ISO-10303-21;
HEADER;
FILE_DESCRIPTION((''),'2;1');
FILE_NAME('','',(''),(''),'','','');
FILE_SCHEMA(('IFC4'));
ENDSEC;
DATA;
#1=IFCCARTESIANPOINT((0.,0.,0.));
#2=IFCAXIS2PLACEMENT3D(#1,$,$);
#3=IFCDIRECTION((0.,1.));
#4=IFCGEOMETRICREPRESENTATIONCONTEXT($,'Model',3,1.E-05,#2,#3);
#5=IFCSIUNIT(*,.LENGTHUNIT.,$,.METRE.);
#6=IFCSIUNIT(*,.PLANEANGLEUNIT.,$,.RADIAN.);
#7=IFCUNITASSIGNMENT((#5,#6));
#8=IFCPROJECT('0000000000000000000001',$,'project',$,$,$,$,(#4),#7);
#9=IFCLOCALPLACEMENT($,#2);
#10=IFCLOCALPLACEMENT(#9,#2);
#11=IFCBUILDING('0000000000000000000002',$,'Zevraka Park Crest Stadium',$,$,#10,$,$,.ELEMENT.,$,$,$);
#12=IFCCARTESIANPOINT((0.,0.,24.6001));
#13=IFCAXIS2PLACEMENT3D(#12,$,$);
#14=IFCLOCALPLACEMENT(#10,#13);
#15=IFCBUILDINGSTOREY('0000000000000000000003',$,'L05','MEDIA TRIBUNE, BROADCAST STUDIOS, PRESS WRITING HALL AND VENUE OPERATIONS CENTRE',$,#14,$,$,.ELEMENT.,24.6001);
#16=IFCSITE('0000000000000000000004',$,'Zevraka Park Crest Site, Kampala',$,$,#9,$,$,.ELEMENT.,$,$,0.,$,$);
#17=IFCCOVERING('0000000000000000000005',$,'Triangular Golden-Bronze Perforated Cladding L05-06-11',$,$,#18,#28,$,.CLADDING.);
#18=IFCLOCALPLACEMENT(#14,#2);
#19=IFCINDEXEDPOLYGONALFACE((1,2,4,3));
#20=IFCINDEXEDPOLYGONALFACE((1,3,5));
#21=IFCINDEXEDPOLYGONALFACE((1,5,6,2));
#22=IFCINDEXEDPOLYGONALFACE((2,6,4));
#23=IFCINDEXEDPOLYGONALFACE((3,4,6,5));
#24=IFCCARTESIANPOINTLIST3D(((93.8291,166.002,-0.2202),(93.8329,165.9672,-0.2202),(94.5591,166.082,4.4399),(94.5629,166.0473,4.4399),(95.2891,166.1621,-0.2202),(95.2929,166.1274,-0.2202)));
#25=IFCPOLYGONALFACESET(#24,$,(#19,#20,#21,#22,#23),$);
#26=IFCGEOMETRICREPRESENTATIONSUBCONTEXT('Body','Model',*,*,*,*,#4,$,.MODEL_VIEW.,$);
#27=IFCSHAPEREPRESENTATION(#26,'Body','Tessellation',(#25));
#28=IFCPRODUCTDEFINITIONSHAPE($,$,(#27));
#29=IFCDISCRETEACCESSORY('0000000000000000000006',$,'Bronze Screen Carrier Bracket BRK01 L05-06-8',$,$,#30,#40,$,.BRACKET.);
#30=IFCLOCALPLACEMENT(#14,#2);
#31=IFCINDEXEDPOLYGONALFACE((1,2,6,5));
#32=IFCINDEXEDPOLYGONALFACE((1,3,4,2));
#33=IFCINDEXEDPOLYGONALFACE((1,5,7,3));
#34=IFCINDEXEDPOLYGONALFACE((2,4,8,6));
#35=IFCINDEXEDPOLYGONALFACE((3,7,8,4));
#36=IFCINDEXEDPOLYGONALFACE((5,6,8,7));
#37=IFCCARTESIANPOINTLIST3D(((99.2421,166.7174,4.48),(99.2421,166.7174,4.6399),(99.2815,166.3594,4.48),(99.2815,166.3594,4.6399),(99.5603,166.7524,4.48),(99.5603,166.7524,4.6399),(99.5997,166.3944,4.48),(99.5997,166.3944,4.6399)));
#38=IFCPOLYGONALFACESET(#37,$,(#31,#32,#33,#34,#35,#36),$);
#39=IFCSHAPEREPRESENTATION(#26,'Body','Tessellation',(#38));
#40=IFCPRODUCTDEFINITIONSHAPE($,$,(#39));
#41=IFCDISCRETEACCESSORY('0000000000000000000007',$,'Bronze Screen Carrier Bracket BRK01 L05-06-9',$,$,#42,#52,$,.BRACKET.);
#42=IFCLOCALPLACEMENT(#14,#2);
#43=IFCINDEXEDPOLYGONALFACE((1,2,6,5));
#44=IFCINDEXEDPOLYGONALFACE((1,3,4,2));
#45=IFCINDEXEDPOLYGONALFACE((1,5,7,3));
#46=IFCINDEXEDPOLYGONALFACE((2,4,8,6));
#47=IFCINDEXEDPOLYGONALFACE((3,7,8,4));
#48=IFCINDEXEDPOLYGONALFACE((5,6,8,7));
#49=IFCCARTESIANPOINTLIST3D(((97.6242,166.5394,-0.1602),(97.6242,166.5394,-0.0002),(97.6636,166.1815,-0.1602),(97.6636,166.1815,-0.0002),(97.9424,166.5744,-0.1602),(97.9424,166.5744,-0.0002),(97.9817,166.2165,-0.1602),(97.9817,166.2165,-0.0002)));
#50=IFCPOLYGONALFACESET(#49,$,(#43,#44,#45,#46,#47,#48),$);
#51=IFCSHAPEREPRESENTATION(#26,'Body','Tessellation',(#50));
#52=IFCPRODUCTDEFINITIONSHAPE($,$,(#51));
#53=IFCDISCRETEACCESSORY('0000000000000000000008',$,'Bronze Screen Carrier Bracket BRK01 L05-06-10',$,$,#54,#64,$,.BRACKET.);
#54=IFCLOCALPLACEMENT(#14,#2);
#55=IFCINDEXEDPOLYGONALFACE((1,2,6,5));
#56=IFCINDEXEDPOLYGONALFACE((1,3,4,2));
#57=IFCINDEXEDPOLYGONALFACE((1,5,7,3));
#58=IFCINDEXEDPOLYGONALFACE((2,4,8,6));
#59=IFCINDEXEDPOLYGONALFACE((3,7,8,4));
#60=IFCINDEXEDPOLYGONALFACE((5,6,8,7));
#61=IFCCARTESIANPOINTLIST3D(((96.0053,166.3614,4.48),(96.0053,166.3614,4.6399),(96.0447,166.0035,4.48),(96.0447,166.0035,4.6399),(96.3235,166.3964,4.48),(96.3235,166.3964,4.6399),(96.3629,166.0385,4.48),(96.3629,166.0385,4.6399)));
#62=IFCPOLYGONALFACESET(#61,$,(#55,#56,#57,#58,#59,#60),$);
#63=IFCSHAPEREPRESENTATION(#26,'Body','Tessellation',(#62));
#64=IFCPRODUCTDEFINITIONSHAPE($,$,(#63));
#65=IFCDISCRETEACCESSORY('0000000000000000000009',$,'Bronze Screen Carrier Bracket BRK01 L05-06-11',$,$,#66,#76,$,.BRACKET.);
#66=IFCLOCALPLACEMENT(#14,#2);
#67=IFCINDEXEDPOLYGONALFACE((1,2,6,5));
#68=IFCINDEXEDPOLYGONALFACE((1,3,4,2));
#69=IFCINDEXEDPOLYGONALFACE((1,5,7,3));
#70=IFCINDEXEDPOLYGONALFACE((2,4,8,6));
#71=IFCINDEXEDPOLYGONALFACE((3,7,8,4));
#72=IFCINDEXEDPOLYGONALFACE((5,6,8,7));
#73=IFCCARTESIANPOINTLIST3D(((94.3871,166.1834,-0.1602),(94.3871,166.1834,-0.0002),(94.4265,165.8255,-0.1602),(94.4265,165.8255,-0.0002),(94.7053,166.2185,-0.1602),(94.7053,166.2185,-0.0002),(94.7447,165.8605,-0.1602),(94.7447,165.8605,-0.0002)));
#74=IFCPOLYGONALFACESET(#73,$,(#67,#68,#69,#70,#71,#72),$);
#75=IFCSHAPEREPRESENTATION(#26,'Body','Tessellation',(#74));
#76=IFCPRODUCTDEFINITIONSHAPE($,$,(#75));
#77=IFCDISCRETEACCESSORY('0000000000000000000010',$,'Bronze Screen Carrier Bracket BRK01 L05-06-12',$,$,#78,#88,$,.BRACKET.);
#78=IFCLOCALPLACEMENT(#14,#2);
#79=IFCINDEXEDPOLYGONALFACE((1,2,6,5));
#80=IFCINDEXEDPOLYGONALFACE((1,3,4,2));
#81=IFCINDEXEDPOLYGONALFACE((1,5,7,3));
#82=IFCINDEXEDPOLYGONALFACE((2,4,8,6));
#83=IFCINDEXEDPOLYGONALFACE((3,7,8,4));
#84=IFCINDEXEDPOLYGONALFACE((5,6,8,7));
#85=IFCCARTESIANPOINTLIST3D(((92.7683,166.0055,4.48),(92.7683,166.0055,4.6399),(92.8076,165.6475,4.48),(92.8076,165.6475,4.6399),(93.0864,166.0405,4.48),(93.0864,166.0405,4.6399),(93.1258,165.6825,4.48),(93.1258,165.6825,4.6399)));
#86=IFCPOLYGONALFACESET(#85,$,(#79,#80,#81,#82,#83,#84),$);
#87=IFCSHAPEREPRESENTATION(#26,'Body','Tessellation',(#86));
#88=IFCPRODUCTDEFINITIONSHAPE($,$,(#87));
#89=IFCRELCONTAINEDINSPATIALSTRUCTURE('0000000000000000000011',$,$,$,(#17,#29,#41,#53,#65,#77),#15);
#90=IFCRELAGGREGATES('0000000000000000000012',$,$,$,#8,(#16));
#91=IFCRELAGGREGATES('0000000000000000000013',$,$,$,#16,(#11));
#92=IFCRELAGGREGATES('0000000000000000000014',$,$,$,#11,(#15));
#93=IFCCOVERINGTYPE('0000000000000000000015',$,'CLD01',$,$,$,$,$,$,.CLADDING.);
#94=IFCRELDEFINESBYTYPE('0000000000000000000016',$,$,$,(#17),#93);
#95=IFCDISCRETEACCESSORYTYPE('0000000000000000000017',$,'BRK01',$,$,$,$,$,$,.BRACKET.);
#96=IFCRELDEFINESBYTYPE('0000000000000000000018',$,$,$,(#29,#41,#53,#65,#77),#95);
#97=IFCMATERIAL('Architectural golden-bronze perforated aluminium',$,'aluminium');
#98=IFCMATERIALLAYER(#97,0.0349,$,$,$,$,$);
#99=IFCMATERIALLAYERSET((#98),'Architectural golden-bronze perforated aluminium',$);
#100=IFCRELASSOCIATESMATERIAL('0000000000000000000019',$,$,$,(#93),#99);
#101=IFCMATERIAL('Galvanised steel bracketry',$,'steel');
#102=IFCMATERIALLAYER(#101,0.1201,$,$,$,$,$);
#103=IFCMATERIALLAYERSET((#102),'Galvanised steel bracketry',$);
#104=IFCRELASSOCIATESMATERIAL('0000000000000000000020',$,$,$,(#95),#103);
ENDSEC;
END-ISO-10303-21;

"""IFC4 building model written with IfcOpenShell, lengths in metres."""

from ifc_helpers import new_model, si_unit, direction, frame, origin, origin_2d, place, context, subcontext, project, spatial, polyline, rectangle, outline, extrude, material, layer, layer_set, type_object, element, save


model = new_model("IFC4")

# Units and contexts
model_context = context("Model", 3, precision=1e-05, world=origin(), true_north=direction((0.0, 1.0)))
body_context = subcontext(model_context, "Body", "Model", "MODEL_VIEW")
ifc_project = project(units=[si_unit("LENGTHUNIT", "METRE"), si_unit("PLANEANGLEUNIT", "RADIAN")], contexts=[model_context])

# Site, building, storey
site_placement = place(None, origin())
site = spatial("IfcSite", under=ifc_project, at=site_placement, Name="Zevraka Park Crest Site, Kampala", CompositionType="ELEMENT", RefElevation=0.0)
building_placement = place(site_placement, origin())
building = spatial("IfcBuilding", under=site, at=building_placement, Name="Zevraka Park Crest Stadium", CompositionType="ELEMENT")
storey_placement = place(building_placement, frame((0.0, 0.0, 24.6001)))
storey = spatial("IfcBuildingStorey", under=building, at=storey_placement, Name="L05", Description="MEDIA TRIBUNE, BROADCAST STUDIOS, PRESS WRITING HALL AND VENUE OPERATIONS CENTRE", CompositionType="ELEMENT", Elevation=24.6001)

# Covering
ifc_material_1 = material(Name="Architectural golden-bronze perforated aluminium", Category="aluminium")
ifc_layer_1 = layer(ifc_material_1, 0.0349)
ifc_layer_set_1 = layer_set([ifc_layer_1], Name="Architectural golden-bronze perforated aluminium")
covering_type = type_object("IfcCoveringType", Name="CLD01", PredefinedType="CLADDING", material=ifc_layer_set_1)
covering_1_placement = place(storey_placement, frame((95.2891, 166.1621, -0.2202), z_axis=(-0.109045, 0.994037, 0.0), x_axis=(-0.994037, -0.109045, 0.0)))
element("IfcCovering", 1, at=covering_1_placement, inside=storey, type_object=covering_type, Name="Triangular Golden-Bronze Perforated Cladding L05-06-11", PredefinedType="CLADDING", context=body_context, shape_type="SweptSolid", body=[
    extrude(outline(polyline([(0.0, 0.0), (1.4687, 0.0), (0.7344, 4.6602), (0.0, 0.0)])), origin(), (0.0, 0.0, -1.0), 0.0349),
])

# Discrete accessories
ifc_material_2 = material(Name="Galvanised steel bracketry", Category="steel")
ifc_layer_2 = layer(ifc_material_2, 0.1201)
ifc_layer_set_2 = layer_set([ifc_layer_2], Name="Galvanised steel bracketry")
discrete_accessory_type = type_object("IfcDiscreteAccessoryType", Name="BRK01", PredefinedType="BRACKET", material=ifc_layer_set_2)
for number, where, z_axis, x_axis, name in (
    (2, (99.4209, 166.5559, 4.48), (0.0, 0.0, 1.0), (-0.993999, -0.109387, 0.0), "Bronze Screen Carrier Bracket BRK01 L05-06-8"),
    (3, (97.803, 166.3779, -0.1602), (0.0, 0.0, 1.0), (-0.993999, -0.109387, 0.0), "Bronze Screen Carrier Bracket BRK01 L05-06-9"),
    (4, (96.1841, 166.2, 4.48), (0.0, 0.0, 1.0), (-0.993999, -0.109387, 0.0), "Bronze Screen Carrier Bracket BRK01 L05-06-10"),
    (5, (94.5659, 166.022, -0.1602), (0.0, 0.0, 1.0), (-0.993999, -0.109387, 0.0), "Bronze Screen Carrier Bracket BRK01 L05-06-11"),
    (6, (92.947, 165.844, 4.48), (0.0, 0.0, 1.0), (-0.993999, -0.109387, 0.0), "Bronze Screen Carrier Bracket BRK01 L05-06-12"),
):
    element("IfcDiscreteAccessory", number, at=place(storey_placement, frame(where, z_axis=z_axis, x_axis=x_axis)), inside=storey, type_object=discrete_accessory_type, Name=name, PredefinedType="BRACKET", context=body_context, shape_type="SweptSolid", body=[
        extrude(rectangle(XDim=0.3201, YDim=0.3601, at=origin_2d()), origin(), (0.0, 0.0, 1.0), 0.1599),
    ])

save(model, "model.ifc")
